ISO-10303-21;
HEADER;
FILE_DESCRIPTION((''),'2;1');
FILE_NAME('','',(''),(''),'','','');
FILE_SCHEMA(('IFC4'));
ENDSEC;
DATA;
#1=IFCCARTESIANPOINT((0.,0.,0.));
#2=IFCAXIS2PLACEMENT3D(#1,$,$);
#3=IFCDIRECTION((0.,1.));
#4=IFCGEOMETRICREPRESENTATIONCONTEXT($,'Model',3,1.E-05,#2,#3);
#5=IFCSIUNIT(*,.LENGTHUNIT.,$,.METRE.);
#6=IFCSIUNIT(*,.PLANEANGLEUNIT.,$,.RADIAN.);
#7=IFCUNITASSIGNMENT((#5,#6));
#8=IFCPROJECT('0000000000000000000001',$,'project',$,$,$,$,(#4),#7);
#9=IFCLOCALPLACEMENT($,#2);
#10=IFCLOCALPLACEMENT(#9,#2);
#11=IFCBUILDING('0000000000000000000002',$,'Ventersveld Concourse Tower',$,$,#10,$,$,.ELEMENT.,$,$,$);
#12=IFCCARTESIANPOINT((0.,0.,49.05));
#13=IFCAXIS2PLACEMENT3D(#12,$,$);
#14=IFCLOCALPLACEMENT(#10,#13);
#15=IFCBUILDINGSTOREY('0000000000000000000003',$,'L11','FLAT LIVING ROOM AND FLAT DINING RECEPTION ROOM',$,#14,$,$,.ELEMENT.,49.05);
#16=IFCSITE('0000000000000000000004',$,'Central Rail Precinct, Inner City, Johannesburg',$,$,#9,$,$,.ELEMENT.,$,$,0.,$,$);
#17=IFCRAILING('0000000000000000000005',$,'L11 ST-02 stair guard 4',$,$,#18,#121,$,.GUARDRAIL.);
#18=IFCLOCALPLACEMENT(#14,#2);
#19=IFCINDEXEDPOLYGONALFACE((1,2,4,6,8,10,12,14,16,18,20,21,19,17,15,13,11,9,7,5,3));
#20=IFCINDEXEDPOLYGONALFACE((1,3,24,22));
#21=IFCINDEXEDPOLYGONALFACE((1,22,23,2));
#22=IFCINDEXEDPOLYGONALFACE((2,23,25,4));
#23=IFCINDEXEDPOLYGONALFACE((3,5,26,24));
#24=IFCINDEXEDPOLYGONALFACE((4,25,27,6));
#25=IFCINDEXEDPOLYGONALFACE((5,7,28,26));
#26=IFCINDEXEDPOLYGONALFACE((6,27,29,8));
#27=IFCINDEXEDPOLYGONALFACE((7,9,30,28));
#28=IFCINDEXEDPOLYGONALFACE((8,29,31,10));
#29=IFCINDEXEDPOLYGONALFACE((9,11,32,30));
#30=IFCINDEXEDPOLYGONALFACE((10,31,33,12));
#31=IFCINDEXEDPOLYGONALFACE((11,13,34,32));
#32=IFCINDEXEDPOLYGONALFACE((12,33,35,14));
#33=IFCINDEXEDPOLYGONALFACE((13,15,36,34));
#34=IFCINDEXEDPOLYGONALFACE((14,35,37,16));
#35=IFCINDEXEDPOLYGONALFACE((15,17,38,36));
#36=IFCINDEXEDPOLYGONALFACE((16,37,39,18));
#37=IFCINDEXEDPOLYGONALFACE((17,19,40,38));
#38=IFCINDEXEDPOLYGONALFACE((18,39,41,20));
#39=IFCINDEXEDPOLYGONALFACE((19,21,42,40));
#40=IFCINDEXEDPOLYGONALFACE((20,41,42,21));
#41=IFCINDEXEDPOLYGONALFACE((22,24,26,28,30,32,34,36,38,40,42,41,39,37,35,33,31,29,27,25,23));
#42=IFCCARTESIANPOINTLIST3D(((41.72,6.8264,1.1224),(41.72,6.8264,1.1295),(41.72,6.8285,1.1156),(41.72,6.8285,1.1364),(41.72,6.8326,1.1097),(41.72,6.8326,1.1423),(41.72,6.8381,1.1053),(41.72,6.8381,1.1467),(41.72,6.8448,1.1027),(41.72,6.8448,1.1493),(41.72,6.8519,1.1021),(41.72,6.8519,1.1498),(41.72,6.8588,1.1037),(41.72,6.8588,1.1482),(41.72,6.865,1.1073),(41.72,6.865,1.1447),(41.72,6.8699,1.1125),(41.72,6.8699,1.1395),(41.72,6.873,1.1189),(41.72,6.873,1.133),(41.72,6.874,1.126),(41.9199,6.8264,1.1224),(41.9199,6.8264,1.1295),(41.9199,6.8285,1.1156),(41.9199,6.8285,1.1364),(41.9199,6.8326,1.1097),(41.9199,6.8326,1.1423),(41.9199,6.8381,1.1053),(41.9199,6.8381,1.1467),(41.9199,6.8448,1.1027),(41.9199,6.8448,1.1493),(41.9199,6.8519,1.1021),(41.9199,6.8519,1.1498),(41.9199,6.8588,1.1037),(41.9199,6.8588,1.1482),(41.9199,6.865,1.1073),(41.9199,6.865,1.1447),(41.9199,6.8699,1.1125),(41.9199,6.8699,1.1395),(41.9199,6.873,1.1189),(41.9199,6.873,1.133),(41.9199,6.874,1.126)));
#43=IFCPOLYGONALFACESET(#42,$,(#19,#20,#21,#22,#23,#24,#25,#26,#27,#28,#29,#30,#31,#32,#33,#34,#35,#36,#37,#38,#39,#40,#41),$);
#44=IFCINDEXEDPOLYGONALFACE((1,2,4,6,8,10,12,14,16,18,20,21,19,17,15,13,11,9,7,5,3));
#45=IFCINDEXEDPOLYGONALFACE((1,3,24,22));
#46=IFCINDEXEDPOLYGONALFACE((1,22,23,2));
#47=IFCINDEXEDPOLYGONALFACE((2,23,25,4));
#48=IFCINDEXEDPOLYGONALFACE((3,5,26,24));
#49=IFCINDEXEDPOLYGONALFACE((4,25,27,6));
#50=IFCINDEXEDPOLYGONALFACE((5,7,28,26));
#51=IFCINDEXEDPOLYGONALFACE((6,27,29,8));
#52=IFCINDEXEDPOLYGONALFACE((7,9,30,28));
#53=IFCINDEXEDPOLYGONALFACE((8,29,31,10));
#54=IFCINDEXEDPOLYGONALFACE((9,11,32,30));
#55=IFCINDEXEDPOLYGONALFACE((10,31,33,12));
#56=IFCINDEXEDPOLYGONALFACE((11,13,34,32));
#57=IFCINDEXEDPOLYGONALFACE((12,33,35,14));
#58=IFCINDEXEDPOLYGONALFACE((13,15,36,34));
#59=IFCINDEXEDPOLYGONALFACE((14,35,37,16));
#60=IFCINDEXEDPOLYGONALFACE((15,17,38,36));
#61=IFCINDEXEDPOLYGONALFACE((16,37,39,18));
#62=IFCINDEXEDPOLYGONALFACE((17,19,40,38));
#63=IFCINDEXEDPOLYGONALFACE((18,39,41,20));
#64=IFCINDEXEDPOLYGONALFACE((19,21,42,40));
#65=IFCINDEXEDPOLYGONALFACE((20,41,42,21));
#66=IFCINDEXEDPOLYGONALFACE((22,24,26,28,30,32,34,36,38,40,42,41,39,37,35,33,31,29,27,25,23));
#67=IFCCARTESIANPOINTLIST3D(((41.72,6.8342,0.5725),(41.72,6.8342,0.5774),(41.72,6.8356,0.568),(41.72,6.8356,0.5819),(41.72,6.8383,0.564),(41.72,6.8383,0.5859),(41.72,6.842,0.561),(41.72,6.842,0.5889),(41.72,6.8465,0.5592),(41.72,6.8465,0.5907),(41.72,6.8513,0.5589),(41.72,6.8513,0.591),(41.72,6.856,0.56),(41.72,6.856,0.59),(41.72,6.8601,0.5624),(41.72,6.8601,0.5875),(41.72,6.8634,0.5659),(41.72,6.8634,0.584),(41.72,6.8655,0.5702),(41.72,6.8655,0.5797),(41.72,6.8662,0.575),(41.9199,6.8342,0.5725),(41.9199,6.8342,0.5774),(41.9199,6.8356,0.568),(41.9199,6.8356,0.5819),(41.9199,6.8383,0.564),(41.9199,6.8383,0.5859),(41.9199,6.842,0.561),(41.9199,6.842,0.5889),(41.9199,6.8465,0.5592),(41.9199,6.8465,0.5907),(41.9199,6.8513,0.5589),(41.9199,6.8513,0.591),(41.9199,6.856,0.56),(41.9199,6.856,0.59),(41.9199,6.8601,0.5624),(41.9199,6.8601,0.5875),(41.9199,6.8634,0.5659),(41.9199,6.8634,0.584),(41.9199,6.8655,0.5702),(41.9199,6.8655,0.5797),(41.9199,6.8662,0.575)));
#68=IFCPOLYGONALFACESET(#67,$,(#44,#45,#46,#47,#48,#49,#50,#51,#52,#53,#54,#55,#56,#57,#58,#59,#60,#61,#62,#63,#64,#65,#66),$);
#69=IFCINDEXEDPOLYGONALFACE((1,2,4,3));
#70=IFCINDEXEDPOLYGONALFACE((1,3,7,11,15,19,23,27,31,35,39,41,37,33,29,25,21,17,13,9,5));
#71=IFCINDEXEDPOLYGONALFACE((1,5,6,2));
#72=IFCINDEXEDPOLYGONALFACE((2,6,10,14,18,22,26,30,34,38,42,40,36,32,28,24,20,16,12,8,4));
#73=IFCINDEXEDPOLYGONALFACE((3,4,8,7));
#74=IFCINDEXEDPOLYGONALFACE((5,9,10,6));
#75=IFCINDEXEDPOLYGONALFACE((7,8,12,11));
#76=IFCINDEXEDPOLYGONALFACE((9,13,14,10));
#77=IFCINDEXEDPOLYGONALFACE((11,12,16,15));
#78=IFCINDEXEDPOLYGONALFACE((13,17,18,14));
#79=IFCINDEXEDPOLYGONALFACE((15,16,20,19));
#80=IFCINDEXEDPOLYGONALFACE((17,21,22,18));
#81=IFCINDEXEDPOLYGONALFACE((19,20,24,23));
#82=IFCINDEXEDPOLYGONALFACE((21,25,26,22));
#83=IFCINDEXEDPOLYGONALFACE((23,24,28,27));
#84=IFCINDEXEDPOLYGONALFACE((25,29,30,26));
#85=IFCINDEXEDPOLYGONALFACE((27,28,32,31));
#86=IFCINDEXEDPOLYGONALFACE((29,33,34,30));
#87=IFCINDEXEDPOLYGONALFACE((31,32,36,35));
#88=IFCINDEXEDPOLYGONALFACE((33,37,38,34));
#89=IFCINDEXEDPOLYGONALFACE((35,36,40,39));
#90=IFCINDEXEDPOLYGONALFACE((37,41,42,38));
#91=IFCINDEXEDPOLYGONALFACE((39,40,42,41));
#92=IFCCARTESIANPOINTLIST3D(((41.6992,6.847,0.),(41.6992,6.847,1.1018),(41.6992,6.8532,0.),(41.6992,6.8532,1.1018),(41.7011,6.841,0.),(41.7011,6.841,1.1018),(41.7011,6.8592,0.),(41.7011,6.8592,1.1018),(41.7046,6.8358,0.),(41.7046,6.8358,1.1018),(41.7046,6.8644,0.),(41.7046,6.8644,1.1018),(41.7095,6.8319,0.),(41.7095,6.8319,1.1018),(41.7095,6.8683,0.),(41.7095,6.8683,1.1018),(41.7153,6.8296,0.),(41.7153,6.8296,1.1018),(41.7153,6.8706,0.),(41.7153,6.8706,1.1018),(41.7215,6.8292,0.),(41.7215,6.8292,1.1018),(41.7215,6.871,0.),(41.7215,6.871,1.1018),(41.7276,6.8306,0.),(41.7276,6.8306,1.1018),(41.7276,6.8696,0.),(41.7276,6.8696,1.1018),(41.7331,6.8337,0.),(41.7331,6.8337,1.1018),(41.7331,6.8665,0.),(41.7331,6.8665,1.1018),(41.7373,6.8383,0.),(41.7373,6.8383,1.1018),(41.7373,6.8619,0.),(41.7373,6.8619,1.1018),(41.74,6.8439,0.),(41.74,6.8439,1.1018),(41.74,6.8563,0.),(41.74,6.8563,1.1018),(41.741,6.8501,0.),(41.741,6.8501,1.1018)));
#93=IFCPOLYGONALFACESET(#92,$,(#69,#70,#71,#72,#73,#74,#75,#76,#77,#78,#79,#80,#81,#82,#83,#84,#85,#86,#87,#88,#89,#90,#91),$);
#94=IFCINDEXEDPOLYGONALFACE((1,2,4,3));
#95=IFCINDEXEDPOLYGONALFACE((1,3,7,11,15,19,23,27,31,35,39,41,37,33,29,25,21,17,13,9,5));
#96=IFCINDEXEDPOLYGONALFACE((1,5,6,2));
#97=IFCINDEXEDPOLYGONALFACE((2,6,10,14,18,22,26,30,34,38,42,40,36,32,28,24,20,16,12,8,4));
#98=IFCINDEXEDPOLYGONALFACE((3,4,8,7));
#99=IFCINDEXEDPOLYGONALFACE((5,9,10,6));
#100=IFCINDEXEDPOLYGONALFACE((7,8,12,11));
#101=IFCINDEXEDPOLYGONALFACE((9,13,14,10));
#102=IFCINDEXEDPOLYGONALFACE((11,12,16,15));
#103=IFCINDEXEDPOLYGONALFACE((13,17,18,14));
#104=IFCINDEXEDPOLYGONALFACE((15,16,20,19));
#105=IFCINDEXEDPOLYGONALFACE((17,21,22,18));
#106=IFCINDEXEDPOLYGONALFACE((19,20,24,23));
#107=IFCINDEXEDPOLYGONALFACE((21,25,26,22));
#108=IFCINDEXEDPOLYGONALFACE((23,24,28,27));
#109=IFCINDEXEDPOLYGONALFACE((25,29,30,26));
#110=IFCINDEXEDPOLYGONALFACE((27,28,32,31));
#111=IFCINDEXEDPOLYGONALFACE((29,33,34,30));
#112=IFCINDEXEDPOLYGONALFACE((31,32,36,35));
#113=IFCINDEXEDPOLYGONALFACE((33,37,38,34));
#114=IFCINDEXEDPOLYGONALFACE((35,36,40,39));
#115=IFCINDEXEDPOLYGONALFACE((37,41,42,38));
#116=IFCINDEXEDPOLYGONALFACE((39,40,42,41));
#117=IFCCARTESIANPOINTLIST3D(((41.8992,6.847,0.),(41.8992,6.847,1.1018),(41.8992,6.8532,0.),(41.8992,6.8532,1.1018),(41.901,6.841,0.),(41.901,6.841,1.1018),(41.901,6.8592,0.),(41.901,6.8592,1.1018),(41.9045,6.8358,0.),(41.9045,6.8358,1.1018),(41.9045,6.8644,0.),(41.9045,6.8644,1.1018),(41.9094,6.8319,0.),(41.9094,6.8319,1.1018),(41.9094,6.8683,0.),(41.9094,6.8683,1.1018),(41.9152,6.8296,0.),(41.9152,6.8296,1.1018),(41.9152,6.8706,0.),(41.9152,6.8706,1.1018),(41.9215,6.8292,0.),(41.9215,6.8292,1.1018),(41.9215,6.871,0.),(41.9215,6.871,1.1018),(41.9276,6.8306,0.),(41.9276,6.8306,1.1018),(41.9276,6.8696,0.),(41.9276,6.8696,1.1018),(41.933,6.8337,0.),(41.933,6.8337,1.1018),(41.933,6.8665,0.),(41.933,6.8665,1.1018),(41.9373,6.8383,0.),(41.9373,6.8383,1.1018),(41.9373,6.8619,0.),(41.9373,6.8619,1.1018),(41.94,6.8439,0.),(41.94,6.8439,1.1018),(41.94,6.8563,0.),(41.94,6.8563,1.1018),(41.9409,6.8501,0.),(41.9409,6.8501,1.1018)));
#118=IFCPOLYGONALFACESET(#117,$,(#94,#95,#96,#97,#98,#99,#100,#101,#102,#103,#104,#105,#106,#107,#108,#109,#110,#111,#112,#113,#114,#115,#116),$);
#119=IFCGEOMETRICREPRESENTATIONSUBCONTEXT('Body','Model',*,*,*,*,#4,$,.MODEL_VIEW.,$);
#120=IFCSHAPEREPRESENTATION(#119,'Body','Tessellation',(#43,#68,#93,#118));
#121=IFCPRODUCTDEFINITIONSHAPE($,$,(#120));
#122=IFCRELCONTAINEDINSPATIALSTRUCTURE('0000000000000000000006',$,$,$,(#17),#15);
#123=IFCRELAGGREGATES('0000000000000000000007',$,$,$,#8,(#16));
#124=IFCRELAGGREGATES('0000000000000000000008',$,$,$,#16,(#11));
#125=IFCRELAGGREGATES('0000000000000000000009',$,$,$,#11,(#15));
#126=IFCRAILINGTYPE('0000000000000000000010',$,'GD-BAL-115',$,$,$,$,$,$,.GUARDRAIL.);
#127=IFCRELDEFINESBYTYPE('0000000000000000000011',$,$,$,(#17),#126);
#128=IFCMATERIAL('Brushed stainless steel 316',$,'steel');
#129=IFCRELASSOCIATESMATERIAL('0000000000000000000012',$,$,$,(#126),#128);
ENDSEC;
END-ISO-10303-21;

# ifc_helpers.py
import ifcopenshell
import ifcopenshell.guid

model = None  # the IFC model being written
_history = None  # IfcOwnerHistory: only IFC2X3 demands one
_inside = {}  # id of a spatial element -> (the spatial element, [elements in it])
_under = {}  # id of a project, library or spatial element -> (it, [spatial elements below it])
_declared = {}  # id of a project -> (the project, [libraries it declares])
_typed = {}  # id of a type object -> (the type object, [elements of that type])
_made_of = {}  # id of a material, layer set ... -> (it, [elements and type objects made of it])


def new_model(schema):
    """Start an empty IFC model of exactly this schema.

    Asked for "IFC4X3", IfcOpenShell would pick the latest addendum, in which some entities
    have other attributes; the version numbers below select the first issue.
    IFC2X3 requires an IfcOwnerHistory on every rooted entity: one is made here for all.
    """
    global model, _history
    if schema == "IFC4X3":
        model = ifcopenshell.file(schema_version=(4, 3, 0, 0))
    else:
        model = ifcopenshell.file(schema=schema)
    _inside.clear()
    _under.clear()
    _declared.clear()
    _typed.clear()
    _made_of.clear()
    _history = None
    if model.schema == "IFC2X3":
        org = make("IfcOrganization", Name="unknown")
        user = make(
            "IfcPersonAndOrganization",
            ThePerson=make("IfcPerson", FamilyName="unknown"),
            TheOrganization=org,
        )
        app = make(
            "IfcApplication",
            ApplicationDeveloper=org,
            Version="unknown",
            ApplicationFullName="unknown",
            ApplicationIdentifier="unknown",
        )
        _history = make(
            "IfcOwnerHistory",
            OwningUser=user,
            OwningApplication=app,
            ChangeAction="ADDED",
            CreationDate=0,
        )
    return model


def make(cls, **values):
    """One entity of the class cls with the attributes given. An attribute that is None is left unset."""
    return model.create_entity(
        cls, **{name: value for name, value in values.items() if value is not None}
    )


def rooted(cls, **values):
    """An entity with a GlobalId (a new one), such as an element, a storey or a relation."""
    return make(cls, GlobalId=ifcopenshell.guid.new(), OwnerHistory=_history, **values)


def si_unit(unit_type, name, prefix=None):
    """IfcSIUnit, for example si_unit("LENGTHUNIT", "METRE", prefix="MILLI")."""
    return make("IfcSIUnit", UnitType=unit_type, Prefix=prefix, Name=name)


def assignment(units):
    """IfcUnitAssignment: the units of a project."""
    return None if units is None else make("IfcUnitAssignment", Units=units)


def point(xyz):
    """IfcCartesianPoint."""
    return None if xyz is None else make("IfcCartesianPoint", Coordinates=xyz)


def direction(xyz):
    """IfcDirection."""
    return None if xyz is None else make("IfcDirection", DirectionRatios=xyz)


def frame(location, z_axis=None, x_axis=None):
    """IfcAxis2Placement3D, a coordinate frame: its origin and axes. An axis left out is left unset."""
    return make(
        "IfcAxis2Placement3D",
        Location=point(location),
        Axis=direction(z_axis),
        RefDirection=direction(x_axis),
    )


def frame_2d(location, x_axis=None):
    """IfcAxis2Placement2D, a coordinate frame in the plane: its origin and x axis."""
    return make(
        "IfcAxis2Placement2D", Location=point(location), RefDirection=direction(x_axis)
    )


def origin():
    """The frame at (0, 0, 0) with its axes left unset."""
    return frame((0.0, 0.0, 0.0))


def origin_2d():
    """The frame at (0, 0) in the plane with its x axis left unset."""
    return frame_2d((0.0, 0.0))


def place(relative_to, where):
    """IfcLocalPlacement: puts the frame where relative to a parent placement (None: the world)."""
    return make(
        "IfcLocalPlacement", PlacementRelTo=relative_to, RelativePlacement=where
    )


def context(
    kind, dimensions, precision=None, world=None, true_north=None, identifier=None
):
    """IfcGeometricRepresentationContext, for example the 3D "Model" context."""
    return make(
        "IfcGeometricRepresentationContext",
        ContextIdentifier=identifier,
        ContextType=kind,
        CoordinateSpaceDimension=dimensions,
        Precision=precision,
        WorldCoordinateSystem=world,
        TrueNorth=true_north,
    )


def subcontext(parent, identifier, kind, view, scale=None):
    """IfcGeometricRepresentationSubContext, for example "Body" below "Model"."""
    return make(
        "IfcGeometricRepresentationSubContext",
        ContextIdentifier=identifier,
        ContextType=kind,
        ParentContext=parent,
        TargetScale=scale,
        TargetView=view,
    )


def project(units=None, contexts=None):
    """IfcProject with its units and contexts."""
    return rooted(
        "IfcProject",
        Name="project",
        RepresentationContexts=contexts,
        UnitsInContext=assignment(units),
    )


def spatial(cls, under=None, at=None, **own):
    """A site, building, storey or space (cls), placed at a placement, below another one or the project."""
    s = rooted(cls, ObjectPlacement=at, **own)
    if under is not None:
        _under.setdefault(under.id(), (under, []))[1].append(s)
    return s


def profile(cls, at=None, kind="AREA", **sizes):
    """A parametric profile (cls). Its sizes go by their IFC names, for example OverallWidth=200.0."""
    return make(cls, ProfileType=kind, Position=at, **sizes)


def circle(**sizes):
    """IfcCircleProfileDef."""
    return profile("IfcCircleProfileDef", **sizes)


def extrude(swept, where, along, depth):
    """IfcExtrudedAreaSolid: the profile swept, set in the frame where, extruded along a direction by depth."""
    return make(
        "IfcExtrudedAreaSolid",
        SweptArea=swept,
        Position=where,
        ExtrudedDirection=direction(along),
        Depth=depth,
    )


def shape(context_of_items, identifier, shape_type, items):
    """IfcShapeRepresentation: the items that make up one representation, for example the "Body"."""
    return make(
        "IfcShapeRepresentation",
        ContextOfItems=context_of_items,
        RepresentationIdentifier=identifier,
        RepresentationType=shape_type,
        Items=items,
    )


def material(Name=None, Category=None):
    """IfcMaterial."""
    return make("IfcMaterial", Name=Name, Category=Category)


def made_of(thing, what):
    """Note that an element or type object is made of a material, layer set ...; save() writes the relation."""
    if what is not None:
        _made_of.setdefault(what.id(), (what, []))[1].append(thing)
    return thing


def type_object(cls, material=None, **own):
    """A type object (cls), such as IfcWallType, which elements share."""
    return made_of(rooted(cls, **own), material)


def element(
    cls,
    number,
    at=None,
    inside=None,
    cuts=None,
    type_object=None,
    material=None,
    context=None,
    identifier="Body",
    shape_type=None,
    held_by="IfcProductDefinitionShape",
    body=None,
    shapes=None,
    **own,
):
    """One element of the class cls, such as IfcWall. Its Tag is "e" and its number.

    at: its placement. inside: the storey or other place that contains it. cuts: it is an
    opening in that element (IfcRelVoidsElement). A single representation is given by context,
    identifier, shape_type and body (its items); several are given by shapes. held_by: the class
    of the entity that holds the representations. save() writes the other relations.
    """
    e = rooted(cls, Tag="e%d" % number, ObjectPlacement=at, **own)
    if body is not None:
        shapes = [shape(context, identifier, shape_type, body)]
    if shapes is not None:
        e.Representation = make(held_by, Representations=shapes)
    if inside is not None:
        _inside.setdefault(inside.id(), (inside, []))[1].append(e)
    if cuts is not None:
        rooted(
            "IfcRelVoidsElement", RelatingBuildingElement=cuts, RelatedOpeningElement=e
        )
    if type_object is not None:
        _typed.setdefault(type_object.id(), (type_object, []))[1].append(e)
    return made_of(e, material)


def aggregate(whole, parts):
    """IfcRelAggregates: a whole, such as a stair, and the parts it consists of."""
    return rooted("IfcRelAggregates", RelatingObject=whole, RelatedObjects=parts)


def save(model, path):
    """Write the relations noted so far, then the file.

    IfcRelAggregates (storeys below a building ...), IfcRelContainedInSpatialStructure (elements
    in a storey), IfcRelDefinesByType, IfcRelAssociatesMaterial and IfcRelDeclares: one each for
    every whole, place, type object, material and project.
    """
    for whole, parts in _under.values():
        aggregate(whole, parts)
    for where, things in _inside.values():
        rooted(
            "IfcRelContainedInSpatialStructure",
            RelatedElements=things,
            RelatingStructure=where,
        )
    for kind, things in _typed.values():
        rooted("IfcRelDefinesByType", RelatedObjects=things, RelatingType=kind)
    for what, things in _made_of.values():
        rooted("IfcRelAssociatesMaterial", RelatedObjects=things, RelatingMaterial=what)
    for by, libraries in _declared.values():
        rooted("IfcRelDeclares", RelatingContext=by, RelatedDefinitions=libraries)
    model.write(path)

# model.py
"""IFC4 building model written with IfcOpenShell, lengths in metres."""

from ifc_helpers import new_model, si_unit, direction, frame, origin, origin_2d, place, context, subcontext, project, spatial, circle, extrude, material, type_object, element, save


model = new_model("IFC4")

# Units and contexts
model_context = context("Model", 3, precision=1e-05, world=origin(), true_north=direction((0.0, 1.0)))
body_context = subcontext(model_context, "Body", "Model", "MODEL_VIEW")
ifc_project = project(units=[si_unit("LENGTHUNIT", "METRE"), si_unit("PLANEANGLEUNIT", "RADIAN")], contexts=[model_context])

# Site, building, storey
site_placement = place(None, origin())
site = spatial("IfcSite", under=ifc_project, at=site_placement, Name="Central Rail Precinct, Inner City, Johannesburg", CompositionType="ELEMENT", RefElevation=0.0)
building_placement = place(site_placement, origin())
building = spatial("IfcBuilding", under=site, at=building_placement, Name="Ventersveld Concourse Tower", CompositionType="ELEMENT")
storey_placement = place(building_placement, frame((0.0, 0.0, 49.05)))
storey = spatial("IfcBuildingStorey", under=building, at=storey_placement, Name="L11", Description="FLAT LIVING ROOM AND FLAT DINING RECEPTION ROOM", CompositionType="ELEMENT", Elevation=49.05)

# Railing
ifc_material_1 = material(Name="Brushed stainless steel 316", Category="steel")
railing_type_1 = type_object("IfcRailingType", Name="GD-BAL-115", PredefinedType="GUARDRAIL", material=ifc_material_1)
railing_1_placement = place(storey_placement, frame((41.72, 6.8501, 0.0)))
element("IfcRailing", 1, at=railing_1_placement, inside=storey, type_object=railing_type_1, Name="L11 ST-02 stair guard 4", PredefinedType="GUARDRAIL", context=body_context, shape_type="SweptSolid", body=[
    extrude(circle(Radius=0.0239, at=origin_2d()), frame((0.0, 0.0, 1.126), z_axis=(1.0, 0.0, 0.0), x_axis=(0.0, 1.0, 0.0)), (0.0, 0.0, 1.0), 0.2),
    extrude(circle(Radius=0.0161, at=origin_2d()), frame((0.0, 0.0, 0.575), z_axis=(1.0, 0.0, 0.0), x_axis=(0.0, 1.0, 0.0)), (0.0, 0.0, 1.0), 0.2),
    extrude(circle(Radius=0.021, at=origin_2d()), origin(), (0.0, 0.0, 1.0), 1.1018),
    extrude(circle(Radius=0.021, at=origin_2d()), frame((0.2, 0.0, 0.0)), (0.0, 0.0, 1.0), 1.1018),
])

save(model, "model.ifc")
